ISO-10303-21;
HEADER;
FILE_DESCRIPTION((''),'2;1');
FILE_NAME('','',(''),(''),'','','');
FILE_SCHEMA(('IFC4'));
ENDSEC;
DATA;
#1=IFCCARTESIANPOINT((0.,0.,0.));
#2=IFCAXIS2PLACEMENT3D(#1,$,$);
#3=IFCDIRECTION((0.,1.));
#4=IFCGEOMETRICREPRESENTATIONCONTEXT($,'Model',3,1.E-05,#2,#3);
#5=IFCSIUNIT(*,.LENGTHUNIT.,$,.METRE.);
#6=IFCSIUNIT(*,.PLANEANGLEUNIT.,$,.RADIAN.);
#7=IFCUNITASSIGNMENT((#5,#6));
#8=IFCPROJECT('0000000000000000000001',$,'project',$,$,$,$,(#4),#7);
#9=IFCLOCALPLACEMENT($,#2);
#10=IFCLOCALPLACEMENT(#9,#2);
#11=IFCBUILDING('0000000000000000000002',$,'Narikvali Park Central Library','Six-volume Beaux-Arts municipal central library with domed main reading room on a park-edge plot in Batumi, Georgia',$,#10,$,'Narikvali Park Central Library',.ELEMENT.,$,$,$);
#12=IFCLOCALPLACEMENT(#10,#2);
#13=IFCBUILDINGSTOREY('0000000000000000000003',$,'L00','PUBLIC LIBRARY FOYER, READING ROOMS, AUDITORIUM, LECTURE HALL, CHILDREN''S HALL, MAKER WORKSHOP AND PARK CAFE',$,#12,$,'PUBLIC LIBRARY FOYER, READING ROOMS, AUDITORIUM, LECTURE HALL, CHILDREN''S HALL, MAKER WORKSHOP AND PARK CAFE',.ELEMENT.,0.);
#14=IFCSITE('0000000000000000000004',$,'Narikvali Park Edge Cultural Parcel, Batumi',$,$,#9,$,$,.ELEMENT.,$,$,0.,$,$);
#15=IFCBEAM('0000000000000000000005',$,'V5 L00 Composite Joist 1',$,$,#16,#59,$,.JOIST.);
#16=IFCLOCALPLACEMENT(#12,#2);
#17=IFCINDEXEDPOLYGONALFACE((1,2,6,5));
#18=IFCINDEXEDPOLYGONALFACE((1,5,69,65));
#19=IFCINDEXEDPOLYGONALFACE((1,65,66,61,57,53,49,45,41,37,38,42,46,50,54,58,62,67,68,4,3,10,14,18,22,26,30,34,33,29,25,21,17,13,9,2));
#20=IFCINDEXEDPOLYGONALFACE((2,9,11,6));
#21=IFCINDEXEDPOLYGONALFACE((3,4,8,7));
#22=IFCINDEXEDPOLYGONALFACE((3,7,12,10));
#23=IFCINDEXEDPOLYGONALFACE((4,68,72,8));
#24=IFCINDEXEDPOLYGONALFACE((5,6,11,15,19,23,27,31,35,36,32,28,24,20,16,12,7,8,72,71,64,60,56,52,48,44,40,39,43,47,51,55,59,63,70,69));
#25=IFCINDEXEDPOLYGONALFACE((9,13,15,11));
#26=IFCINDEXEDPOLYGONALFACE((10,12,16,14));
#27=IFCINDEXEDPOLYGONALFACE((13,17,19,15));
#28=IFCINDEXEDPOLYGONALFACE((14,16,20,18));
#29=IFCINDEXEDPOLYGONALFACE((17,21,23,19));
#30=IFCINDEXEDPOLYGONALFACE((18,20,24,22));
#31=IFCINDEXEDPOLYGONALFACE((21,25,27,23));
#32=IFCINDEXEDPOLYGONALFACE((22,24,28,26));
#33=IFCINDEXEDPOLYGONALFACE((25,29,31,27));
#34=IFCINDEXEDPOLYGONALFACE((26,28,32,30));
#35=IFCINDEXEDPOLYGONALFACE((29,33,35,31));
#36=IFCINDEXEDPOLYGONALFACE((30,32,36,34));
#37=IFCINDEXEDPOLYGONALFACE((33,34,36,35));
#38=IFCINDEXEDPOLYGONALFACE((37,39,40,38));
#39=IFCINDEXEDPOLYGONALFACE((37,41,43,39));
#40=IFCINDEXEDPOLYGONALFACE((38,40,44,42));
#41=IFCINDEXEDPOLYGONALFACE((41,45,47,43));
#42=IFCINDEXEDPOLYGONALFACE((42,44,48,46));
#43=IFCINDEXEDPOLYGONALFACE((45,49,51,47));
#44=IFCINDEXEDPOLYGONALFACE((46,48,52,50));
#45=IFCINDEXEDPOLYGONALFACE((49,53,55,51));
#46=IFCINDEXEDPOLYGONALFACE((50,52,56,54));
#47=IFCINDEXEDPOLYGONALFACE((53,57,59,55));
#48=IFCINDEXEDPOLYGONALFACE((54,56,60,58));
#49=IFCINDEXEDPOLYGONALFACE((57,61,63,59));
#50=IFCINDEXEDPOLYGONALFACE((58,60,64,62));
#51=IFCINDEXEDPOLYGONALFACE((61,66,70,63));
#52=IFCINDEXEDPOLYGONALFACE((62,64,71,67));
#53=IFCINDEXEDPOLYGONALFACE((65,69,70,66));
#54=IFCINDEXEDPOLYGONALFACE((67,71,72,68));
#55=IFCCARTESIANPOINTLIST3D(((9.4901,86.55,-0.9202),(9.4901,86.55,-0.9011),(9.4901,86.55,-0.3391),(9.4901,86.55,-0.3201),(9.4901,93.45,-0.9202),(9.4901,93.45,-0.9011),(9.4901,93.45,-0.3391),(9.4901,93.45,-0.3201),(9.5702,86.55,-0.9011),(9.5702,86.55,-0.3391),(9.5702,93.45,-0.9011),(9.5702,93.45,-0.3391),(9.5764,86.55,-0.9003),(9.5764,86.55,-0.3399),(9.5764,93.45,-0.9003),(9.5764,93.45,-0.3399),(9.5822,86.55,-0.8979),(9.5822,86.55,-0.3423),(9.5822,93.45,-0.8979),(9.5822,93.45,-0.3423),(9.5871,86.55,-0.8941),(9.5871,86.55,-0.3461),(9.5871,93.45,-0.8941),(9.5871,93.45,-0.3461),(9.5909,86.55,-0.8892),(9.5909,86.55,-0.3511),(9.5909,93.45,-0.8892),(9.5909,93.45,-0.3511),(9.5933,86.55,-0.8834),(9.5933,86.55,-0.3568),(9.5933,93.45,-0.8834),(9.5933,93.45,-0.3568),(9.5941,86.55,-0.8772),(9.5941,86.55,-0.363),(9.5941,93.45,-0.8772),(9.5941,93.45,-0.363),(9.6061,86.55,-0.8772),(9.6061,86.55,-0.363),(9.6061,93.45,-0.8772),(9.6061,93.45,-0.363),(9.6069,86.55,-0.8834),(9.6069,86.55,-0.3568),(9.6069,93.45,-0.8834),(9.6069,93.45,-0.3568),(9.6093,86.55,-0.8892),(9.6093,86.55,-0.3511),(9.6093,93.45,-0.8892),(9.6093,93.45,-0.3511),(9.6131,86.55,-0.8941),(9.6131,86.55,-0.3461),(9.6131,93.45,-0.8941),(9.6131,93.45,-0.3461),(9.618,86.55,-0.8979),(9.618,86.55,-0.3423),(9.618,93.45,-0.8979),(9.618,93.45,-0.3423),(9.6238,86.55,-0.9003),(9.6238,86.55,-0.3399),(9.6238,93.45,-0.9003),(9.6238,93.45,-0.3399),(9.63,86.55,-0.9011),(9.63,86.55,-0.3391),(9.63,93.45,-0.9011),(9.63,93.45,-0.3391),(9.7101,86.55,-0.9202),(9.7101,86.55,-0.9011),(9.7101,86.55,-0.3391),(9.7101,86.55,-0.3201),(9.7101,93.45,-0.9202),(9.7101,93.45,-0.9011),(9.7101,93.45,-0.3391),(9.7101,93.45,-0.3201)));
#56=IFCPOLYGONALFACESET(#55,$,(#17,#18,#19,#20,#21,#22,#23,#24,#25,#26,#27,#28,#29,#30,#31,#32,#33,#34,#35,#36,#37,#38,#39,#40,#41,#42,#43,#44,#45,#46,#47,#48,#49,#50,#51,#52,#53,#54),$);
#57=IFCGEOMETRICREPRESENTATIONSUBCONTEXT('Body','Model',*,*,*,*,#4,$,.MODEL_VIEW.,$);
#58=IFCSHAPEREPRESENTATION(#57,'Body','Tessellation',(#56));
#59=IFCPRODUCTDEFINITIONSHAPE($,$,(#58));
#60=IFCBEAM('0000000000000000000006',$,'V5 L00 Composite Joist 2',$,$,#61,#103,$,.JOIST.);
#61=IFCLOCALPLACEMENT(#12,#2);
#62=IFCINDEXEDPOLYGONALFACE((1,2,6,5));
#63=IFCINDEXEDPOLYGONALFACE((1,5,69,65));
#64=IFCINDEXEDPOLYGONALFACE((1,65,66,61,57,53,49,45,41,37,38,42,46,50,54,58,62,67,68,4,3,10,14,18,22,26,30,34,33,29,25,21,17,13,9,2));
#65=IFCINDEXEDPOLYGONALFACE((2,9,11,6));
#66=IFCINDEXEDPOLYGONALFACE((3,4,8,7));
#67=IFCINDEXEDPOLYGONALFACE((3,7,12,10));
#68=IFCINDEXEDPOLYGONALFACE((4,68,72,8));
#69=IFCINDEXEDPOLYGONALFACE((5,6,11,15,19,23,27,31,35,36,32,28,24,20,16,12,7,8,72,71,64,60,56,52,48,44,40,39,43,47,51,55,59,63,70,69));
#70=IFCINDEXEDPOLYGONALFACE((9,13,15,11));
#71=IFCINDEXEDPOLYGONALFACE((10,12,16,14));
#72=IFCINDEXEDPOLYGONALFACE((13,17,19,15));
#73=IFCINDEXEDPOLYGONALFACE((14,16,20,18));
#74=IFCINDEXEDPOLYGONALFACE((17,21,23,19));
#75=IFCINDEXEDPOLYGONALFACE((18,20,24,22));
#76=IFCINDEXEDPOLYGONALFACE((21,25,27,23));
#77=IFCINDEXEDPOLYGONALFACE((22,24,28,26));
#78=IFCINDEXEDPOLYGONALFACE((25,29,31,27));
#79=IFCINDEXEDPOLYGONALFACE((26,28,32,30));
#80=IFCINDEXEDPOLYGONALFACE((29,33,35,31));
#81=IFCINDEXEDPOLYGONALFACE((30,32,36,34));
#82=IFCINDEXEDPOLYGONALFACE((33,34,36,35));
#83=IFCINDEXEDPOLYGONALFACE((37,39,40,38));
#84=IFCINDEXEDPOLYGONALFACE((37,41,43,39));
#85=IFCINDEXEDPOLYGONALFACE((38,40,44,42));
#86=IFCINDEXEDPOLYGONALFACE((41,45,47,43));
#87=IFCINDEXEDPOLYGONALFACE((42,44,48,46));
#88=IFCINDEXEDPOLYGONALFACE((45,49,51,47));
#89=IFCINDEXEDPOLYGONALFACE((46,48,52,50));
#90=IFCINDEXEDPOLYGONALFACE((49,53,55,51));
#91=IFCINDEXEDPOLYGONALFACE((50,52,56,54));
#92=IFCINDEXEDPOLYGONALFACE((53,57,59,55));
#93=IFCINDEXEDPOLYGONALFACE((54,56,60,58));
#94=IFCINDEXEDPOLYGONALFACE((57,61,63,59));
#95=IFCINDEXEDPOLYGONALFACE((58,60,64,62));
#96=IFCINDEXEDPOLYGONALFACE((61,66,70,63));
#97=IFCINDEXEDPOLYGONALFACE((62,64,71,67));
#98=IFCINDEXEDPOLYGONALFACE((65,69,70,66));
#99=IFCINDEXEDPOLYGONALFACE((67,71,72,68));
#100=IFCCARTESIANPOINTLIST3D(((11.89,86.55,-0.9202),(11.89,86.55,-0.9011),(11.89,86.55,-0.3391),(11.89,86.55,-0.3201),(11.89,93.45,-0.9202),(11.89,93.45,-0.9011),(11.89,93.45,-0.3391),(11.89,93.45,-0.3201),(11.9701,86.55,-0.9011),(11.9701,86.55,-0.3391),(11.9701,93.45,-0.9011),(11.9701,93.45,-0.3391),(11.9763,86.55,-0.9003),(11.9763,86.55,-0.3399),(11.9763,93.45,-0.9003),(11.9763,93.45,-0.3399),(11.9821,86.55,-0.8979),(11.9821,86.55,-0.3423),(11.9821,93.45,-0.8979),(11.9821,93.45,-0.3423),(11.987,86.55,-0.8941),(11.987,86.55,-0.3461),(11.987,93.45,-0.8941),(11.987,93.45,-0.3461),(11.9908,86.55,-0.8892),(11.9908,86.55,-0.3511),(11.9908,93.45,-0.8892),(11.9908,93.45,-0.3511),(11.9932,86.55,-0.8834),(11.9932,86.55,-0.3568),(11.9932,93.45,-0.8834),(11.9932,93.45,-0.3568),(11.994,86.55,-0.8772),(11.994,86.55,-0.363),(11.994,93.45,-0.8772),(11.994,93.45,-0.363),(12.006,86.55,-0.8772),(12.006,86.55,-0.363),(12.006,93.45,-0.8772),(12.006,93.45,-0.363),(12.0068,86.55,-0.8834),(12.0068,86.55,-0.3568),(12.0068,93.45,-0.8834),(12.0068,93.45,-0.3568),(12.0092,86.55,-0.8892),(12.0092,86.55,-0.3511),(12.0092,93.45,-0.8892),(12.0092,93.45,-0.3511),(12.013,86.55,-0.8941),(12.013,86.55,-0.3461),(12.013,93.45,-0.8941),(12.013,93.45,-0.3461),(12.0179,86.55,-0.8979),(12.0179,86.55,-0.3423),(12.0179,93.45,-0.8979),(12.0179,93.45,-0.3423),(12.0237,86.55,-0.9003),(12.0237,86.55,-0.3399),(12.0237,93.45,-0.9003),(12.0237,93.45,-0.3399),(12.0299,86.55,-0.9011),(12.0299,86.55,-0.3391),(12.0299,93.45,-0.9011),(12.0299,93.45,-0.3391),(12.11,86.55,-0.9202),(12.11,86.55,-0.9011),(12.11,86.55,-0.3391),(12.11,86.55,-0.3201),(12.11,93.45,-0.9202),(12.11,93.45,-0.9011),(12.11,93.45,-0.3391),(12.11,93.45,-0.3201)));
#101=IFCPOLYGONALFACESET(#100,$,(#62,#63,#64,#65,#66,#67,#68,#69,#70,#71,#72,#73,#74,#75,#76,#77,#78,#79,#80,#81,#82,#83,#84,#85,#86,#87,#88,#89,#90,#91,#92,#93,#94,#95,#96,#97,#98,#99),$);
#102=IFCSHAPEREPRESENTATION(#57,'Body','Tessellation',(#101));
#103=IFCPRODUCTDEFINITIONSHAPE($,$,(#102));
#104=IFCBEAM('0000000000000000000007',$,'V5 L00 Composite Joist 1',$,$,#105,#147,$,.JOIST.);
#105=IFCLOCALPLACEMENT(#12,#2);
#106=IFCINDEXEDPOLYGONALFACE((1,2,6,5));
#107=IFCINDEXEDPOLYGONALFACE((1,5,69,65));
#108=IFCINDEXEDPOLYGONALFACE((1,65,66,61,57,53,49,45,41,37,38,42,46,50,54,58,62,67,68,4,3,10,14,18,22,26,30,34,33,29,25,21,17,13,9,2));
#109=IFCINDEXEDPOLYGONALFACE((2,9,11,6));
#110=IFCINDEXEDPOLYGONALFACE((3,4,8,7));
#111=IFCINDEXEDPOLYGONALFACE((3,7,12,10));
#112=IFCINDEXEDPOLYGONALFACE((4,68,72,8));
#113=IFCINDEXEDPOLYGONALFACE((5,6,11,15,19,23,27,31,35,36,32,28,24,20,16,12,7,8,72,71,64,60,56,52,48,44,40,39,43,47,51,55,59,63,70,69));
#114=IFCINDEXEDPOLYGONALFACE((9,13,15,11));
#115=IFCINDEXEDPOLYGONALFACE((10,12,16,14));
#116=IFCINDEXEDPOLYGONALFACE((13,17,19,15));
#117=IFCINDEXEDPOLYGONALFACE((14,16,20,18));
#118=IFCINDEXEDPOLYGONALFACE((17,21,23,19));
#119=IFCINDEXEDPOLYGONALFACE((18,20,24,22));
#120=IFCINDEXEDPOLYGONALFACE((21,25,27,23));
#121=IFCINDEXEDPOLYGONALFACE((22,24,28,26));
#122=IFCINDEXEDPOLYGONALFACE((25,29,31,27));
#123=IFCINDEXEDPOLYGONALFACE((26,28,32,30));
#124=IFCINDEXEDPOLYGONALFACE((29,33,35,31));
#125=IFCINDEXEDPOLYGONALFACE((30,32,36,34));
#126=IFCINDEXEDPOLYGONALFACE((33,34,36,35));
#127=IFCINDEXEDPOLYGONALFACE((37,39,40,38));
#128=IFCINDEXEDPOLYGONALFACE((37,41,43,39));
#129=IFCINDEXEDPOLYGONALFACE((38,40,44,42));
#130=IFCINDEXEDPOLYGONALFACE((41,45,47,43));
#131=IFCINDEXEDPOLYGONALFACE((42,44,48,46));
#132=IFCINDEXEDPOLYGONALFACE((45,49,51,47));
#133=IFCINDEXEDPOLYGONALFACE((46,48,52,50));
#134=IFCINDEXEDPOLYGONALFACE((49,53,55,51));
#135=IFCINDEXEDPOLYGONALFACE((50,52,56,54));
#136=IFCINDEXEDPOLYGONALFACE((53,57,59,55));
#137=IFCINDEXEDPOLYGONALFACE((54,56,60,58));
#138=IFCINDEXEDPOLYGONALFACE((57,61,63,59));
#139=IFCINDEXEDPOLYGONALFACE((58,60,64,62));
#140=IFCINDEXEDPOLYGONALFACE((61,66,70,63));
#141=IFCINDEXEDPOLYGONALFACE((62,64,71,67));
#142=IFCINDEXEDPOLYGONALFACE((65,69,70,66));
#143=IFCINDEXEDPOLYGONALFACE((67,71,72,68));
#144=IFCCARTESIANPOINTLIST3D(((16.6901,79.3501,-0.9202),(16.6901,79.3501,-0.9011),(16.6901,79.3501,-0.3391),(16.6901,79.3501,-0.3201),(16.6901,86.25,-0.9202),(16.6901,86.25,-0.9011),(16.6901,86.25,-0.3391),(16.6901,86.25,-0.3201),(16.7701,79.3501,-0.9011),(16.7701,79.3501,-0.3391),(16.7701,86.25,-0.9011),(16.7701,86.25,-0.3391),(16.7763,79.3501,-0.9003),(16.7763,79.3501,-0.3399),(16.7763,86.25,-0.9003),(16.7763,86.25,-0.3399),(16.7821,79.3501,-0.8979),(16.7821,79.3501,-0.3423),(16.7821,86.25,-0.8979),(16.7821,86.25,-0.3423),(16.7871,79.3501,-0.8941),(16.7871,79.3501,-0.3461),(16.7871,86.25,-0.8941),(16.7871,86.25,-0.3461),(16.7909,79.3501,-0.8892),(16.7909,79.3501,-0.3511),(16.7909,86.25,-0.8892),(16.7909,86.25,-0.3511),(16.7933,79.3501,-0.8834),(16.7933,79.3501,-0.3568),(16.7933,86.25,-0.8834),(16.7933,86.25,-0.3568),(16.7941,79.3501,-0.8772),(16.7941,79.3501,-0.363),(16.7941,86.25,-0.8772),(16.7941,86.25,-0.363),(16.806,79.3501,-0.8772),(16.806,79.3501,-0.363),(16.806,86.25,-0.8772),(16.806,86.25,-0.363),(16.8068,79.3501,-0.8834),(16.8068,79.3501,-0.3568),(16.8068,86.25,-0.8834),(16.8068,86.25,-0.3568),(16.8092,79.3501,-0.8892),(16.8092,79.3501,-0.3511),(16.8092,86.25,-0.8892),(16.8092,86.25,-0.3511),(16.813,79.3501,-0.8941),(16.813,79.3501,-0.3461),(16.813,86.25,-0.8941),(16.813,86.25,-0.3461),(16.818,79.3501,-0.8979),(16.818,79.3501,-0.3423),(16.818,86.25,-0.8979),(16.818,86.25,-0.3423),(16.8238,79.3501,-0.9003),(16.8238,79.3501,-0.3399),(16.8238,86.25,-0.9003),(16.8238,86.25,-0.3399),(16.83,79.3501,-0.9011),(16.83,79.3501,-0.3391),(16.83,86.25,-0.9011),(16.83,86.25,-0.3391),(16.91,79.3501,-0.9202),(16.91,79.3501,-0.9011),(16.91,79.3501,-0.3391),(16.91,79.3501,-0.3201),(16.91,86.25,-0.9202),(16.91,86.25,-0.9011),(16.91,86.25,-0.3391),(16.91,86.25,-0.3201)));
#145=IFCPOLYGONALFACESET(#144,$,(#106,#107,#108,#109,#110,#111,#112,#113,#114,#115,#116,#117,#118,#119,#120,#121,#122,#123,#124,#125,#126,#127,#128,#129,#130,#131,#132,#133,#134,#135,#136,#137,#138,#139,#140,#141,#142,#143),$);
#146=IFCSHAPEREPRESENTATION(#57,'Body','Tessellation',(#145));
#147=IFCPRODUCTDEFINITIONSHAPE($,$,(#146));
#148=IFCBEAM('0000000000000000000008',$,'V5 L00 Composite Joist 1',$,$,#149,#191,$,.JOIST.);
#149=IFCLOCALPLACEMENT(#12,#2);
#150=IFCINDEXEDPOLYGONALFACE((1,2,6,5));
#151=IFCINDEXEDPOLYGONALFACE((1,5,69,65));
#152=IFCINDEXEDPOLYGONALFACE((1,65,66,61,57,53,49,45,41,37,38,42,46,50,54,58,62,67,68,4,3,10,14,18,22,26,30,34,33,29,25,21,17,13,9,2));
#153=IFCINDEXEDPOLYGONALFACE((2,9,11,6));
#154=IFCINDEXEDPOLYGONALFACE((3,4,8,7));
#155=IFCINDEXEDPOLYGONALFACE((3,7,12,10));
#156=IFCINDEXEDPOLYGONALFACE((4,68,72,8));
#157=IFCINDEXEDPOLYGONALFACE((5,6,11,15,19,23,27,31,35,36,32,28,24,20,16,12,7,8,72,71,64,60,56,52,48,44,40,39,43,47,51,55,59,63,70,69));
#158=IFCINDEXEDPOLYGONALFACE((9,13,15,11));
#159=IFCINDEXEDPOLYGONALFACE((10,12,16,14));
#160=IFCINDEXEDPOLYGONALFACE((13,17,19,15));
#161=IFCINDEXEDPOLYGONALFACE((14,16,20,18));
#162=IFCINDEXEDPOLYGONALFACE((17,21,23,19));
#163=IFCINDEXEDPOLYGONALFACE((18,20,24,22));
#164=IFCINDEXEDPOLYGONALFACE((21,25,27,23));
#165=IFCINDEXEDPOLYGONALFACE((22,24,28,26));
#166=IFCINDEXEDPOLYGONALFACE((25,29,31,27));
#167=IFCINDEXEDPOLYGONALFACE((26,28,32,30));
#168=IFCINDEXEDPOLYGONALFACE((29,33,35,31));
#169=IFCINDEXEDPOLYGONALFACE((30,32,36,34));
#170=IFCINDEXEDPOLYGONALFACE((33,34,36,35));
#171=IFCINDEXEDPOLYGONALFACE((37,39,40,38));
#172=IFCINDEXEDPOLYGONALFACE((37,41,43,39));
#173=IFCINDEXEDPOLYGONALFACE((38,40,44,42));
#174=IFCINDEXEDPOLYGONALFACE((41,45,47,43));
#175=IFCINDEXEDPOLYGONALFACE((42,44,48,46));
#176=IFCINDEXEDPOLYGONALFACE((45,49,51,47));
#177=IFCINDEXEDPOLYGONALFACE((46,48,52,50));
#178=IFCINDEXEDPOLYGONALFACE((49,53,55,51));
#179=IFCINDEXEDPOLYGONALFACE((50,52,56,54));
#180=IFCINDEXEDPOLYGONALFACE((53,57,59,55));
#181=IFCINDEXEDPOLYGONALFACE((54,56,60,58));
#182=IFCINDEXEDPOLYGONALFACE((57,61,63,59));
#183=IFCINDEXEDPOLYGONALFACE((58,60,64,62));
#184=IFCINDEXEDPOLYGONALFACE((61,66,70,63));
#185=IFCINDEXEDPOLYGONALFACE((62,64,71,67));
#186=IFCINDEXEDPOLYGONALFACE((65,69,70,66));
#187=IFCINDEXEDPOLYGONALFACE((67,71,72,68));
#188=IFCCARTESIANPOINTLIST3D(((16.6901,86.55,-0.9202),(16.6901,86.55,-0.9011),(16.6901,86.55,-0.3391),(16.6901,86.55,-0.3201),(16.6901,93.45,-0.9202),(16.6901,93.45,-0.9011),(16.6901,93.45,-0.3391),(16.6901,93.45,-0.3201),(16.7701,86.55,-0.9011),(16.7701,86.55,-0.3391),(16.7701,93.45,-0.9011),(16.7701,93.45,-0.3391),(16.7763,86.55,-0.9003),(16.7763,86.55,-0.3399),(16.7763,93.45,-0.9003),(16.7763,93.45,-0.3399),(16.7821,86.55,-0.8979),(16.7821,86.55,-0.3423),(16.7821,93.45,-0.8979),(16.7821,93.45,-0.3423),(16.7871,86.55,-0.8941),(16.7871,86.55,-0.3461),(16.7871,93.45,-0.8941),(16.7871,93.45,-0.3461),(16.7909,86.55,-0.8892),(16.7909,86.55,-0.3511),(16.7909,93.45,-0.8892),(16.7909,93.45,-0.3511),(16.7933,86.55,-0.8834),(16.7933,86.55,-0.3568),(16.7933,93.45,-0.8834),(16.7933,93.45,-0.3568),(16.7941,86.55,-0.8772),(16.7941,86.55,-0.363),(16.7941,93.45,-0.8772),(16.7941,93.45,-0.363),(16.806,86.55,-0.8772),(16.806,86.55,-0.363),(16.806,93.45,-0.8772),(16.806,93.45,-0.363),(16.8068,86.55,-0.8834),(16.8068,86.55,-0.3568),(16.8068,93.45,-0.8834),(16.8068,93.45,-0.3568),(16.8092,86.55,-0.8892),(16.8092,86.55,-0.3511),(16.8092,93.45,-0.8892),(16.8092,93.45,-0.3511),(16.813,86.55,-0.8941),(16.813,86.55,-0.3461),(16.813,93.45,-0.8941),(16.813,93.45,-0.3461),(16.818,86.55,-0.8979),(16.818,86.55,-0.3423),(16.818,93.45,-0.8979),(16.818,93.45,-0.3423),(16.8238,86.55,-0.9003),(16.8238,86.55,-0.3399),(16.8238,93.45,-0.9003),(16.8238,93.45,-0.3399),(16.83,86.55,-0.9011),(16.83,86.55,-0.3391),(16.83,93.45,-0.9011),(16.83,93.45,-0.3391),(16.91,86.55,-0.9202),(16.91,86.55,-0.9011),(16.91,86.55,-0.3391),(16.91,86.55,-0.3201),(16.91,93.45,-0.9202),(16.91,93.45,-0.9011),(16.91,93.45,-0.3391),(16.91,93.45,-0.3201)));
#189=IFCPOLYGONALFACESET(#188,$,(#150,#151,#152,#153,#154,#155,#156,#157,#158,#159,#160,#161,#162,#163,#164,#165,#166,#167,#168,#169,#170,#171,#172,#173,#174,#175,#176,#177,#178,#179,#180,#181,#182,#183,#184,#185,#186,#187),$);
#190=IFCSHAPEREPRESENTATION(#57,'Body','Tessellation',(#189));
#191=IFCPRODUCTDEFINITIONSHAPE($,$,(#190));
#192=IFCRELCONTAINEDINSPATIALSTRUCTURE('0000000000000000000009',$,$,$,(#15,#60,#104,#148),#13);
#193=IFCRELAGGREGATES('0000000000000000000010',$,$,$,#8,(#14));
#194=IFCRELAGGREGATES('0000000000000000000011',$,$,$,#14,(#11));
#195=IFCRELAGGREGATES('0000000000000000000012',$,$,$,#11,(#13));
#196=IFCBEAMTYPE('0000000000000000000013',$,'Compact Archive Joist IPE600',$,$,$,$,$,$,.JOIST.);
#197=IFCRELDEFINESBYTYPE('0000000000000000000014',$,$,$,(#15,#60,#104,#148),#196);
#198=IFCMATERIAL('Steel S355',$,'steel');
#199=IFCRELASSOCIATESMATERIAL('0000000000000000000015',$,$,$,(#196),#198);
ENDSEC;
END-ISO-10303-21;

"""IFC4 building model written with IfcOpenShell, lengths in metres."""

from ifc_helpers import new_model, si_unit, direction, frame, origin, origin_2d, place, context, subcontext, project, spatial, i_section, extrude, material, material_profile, profile_set, type_object, element, save


model = new_model("IFC4")

# Units and contexts
model_context = context("Model", 3, precision=1e-05, world=origin(), true_north=direction((0.0, 1.0)))
body_context = subcontext(model_context, "Body", "Model", "MODEL_VIEW")
ifc_project = project(units=[si_unit("LENGTHUNIT", "METRE"), si_unit("PLANEANGLEUNIT", "RADIAN")], contexts=[model_context])

# Site, building, storey
site_placement = place(None, origin())
site = spatial("IfcSite", under=ifc_project, at=site_placement, Name="Narikvali Park Edge Cultural Parcel, Batumi", CompositionType="ELEMENT", RefElevation=0.0)
building_placement = place(site_placement, origin())
building = spatial("IfcBuilding", under=site, at=building_placement, Name="Narikvali Park Central Library", Description="Six-volume Beaux-Arts municipal central library with domed main reading room on a park-edge plot in Batumi, Georgia", LongName="Narikvali Park Central Library", CompositionType="ELEMENT")
storey_placement = place(building_placement, origin())
storey = spatial("IfcBuildingStorey", under=building, at=storey_placement, Name="L00", Description="PUBLIC LIBRARY FOYER, READING ROOMS, AUDITORIUM, LECTURE HALL, CHILDREN'S HALL, MAKER WORKSHOP AND PARK CAFE", LongName="PUBLIC LIBRARY FOYER, READING ROOMS, AUDITORIUM, LECTURE HALL, CHILDREN'S HALL, MAKER WORKSHOP AND PARK CAFE", CompositionType="ELEMENT", Elevation=0.0)

# Shared definitions
ifc_material_1 = material(Name="Steel S355", Category="steel")

# Beams
ifc_material_profile_1 = material_profile(ifc_material_1, i_section(OverallWidth=0.22, OverallDepth=0.6001, WebThickness=0.012, FlangeThickness=0.019, FilletRadius=0.0239, at=origin_2d()), Name="IPE 600")
ifc_profile_set_1 = profile_set([ifc_material_profile_1], Name="Steel S355")
beam_type_1 = type_object("IfcBeamType", Name="Compact Archive Joist IPE600", PredefinedType="JOIST", material=ifc_profile_set_1)
for number, where, z_axis, x_axis, name in (
    (1, (9.6001, 86.55, -0.6201), (0.0, 1.0, 0.0), (-1.0, 0.0, 0.0), "V5 L00 Composite Joist 1"),
    (2, (12.0, 86.55, -0.6201), (0.0, 1.0, 0.0), (-1.0, 0.0, 0.0), "V5 L00 Composite Joist 2"),
    (3, (16.8, 79.3501, -0.6201), (0.0, 1.0, 0.0), (-1.0, 0.0, 0.0), "V5 L00 Composite Joist 1"),
    (4, (16.8, 86.55, -0.6201), (0.0, 1.0, 0.0), (-1.0, 0.0, 0.0), "V5 L00 Composite Joist 1"),
):
    element("IfcBeam", number, at=place(storey_placement, frame(where, z_axis=z_axis, x_axis=x_axis)), inside=storey, type_object=beam_type_1, Name=name, PredefinedType="JOIST", context=body_context, shape_type="SweptSolid", body=[
        extrude(i_section(OverallWidth=0.22, OverallDepth=0.6001, WebThickness=0.012, FlangeThickness=0.019, FilletRadius=0.0239, at=origin_2d()), origin(), (0.0, 0.0, 1.0), 6.8999),
    ])

save(model, "model.ifc")
